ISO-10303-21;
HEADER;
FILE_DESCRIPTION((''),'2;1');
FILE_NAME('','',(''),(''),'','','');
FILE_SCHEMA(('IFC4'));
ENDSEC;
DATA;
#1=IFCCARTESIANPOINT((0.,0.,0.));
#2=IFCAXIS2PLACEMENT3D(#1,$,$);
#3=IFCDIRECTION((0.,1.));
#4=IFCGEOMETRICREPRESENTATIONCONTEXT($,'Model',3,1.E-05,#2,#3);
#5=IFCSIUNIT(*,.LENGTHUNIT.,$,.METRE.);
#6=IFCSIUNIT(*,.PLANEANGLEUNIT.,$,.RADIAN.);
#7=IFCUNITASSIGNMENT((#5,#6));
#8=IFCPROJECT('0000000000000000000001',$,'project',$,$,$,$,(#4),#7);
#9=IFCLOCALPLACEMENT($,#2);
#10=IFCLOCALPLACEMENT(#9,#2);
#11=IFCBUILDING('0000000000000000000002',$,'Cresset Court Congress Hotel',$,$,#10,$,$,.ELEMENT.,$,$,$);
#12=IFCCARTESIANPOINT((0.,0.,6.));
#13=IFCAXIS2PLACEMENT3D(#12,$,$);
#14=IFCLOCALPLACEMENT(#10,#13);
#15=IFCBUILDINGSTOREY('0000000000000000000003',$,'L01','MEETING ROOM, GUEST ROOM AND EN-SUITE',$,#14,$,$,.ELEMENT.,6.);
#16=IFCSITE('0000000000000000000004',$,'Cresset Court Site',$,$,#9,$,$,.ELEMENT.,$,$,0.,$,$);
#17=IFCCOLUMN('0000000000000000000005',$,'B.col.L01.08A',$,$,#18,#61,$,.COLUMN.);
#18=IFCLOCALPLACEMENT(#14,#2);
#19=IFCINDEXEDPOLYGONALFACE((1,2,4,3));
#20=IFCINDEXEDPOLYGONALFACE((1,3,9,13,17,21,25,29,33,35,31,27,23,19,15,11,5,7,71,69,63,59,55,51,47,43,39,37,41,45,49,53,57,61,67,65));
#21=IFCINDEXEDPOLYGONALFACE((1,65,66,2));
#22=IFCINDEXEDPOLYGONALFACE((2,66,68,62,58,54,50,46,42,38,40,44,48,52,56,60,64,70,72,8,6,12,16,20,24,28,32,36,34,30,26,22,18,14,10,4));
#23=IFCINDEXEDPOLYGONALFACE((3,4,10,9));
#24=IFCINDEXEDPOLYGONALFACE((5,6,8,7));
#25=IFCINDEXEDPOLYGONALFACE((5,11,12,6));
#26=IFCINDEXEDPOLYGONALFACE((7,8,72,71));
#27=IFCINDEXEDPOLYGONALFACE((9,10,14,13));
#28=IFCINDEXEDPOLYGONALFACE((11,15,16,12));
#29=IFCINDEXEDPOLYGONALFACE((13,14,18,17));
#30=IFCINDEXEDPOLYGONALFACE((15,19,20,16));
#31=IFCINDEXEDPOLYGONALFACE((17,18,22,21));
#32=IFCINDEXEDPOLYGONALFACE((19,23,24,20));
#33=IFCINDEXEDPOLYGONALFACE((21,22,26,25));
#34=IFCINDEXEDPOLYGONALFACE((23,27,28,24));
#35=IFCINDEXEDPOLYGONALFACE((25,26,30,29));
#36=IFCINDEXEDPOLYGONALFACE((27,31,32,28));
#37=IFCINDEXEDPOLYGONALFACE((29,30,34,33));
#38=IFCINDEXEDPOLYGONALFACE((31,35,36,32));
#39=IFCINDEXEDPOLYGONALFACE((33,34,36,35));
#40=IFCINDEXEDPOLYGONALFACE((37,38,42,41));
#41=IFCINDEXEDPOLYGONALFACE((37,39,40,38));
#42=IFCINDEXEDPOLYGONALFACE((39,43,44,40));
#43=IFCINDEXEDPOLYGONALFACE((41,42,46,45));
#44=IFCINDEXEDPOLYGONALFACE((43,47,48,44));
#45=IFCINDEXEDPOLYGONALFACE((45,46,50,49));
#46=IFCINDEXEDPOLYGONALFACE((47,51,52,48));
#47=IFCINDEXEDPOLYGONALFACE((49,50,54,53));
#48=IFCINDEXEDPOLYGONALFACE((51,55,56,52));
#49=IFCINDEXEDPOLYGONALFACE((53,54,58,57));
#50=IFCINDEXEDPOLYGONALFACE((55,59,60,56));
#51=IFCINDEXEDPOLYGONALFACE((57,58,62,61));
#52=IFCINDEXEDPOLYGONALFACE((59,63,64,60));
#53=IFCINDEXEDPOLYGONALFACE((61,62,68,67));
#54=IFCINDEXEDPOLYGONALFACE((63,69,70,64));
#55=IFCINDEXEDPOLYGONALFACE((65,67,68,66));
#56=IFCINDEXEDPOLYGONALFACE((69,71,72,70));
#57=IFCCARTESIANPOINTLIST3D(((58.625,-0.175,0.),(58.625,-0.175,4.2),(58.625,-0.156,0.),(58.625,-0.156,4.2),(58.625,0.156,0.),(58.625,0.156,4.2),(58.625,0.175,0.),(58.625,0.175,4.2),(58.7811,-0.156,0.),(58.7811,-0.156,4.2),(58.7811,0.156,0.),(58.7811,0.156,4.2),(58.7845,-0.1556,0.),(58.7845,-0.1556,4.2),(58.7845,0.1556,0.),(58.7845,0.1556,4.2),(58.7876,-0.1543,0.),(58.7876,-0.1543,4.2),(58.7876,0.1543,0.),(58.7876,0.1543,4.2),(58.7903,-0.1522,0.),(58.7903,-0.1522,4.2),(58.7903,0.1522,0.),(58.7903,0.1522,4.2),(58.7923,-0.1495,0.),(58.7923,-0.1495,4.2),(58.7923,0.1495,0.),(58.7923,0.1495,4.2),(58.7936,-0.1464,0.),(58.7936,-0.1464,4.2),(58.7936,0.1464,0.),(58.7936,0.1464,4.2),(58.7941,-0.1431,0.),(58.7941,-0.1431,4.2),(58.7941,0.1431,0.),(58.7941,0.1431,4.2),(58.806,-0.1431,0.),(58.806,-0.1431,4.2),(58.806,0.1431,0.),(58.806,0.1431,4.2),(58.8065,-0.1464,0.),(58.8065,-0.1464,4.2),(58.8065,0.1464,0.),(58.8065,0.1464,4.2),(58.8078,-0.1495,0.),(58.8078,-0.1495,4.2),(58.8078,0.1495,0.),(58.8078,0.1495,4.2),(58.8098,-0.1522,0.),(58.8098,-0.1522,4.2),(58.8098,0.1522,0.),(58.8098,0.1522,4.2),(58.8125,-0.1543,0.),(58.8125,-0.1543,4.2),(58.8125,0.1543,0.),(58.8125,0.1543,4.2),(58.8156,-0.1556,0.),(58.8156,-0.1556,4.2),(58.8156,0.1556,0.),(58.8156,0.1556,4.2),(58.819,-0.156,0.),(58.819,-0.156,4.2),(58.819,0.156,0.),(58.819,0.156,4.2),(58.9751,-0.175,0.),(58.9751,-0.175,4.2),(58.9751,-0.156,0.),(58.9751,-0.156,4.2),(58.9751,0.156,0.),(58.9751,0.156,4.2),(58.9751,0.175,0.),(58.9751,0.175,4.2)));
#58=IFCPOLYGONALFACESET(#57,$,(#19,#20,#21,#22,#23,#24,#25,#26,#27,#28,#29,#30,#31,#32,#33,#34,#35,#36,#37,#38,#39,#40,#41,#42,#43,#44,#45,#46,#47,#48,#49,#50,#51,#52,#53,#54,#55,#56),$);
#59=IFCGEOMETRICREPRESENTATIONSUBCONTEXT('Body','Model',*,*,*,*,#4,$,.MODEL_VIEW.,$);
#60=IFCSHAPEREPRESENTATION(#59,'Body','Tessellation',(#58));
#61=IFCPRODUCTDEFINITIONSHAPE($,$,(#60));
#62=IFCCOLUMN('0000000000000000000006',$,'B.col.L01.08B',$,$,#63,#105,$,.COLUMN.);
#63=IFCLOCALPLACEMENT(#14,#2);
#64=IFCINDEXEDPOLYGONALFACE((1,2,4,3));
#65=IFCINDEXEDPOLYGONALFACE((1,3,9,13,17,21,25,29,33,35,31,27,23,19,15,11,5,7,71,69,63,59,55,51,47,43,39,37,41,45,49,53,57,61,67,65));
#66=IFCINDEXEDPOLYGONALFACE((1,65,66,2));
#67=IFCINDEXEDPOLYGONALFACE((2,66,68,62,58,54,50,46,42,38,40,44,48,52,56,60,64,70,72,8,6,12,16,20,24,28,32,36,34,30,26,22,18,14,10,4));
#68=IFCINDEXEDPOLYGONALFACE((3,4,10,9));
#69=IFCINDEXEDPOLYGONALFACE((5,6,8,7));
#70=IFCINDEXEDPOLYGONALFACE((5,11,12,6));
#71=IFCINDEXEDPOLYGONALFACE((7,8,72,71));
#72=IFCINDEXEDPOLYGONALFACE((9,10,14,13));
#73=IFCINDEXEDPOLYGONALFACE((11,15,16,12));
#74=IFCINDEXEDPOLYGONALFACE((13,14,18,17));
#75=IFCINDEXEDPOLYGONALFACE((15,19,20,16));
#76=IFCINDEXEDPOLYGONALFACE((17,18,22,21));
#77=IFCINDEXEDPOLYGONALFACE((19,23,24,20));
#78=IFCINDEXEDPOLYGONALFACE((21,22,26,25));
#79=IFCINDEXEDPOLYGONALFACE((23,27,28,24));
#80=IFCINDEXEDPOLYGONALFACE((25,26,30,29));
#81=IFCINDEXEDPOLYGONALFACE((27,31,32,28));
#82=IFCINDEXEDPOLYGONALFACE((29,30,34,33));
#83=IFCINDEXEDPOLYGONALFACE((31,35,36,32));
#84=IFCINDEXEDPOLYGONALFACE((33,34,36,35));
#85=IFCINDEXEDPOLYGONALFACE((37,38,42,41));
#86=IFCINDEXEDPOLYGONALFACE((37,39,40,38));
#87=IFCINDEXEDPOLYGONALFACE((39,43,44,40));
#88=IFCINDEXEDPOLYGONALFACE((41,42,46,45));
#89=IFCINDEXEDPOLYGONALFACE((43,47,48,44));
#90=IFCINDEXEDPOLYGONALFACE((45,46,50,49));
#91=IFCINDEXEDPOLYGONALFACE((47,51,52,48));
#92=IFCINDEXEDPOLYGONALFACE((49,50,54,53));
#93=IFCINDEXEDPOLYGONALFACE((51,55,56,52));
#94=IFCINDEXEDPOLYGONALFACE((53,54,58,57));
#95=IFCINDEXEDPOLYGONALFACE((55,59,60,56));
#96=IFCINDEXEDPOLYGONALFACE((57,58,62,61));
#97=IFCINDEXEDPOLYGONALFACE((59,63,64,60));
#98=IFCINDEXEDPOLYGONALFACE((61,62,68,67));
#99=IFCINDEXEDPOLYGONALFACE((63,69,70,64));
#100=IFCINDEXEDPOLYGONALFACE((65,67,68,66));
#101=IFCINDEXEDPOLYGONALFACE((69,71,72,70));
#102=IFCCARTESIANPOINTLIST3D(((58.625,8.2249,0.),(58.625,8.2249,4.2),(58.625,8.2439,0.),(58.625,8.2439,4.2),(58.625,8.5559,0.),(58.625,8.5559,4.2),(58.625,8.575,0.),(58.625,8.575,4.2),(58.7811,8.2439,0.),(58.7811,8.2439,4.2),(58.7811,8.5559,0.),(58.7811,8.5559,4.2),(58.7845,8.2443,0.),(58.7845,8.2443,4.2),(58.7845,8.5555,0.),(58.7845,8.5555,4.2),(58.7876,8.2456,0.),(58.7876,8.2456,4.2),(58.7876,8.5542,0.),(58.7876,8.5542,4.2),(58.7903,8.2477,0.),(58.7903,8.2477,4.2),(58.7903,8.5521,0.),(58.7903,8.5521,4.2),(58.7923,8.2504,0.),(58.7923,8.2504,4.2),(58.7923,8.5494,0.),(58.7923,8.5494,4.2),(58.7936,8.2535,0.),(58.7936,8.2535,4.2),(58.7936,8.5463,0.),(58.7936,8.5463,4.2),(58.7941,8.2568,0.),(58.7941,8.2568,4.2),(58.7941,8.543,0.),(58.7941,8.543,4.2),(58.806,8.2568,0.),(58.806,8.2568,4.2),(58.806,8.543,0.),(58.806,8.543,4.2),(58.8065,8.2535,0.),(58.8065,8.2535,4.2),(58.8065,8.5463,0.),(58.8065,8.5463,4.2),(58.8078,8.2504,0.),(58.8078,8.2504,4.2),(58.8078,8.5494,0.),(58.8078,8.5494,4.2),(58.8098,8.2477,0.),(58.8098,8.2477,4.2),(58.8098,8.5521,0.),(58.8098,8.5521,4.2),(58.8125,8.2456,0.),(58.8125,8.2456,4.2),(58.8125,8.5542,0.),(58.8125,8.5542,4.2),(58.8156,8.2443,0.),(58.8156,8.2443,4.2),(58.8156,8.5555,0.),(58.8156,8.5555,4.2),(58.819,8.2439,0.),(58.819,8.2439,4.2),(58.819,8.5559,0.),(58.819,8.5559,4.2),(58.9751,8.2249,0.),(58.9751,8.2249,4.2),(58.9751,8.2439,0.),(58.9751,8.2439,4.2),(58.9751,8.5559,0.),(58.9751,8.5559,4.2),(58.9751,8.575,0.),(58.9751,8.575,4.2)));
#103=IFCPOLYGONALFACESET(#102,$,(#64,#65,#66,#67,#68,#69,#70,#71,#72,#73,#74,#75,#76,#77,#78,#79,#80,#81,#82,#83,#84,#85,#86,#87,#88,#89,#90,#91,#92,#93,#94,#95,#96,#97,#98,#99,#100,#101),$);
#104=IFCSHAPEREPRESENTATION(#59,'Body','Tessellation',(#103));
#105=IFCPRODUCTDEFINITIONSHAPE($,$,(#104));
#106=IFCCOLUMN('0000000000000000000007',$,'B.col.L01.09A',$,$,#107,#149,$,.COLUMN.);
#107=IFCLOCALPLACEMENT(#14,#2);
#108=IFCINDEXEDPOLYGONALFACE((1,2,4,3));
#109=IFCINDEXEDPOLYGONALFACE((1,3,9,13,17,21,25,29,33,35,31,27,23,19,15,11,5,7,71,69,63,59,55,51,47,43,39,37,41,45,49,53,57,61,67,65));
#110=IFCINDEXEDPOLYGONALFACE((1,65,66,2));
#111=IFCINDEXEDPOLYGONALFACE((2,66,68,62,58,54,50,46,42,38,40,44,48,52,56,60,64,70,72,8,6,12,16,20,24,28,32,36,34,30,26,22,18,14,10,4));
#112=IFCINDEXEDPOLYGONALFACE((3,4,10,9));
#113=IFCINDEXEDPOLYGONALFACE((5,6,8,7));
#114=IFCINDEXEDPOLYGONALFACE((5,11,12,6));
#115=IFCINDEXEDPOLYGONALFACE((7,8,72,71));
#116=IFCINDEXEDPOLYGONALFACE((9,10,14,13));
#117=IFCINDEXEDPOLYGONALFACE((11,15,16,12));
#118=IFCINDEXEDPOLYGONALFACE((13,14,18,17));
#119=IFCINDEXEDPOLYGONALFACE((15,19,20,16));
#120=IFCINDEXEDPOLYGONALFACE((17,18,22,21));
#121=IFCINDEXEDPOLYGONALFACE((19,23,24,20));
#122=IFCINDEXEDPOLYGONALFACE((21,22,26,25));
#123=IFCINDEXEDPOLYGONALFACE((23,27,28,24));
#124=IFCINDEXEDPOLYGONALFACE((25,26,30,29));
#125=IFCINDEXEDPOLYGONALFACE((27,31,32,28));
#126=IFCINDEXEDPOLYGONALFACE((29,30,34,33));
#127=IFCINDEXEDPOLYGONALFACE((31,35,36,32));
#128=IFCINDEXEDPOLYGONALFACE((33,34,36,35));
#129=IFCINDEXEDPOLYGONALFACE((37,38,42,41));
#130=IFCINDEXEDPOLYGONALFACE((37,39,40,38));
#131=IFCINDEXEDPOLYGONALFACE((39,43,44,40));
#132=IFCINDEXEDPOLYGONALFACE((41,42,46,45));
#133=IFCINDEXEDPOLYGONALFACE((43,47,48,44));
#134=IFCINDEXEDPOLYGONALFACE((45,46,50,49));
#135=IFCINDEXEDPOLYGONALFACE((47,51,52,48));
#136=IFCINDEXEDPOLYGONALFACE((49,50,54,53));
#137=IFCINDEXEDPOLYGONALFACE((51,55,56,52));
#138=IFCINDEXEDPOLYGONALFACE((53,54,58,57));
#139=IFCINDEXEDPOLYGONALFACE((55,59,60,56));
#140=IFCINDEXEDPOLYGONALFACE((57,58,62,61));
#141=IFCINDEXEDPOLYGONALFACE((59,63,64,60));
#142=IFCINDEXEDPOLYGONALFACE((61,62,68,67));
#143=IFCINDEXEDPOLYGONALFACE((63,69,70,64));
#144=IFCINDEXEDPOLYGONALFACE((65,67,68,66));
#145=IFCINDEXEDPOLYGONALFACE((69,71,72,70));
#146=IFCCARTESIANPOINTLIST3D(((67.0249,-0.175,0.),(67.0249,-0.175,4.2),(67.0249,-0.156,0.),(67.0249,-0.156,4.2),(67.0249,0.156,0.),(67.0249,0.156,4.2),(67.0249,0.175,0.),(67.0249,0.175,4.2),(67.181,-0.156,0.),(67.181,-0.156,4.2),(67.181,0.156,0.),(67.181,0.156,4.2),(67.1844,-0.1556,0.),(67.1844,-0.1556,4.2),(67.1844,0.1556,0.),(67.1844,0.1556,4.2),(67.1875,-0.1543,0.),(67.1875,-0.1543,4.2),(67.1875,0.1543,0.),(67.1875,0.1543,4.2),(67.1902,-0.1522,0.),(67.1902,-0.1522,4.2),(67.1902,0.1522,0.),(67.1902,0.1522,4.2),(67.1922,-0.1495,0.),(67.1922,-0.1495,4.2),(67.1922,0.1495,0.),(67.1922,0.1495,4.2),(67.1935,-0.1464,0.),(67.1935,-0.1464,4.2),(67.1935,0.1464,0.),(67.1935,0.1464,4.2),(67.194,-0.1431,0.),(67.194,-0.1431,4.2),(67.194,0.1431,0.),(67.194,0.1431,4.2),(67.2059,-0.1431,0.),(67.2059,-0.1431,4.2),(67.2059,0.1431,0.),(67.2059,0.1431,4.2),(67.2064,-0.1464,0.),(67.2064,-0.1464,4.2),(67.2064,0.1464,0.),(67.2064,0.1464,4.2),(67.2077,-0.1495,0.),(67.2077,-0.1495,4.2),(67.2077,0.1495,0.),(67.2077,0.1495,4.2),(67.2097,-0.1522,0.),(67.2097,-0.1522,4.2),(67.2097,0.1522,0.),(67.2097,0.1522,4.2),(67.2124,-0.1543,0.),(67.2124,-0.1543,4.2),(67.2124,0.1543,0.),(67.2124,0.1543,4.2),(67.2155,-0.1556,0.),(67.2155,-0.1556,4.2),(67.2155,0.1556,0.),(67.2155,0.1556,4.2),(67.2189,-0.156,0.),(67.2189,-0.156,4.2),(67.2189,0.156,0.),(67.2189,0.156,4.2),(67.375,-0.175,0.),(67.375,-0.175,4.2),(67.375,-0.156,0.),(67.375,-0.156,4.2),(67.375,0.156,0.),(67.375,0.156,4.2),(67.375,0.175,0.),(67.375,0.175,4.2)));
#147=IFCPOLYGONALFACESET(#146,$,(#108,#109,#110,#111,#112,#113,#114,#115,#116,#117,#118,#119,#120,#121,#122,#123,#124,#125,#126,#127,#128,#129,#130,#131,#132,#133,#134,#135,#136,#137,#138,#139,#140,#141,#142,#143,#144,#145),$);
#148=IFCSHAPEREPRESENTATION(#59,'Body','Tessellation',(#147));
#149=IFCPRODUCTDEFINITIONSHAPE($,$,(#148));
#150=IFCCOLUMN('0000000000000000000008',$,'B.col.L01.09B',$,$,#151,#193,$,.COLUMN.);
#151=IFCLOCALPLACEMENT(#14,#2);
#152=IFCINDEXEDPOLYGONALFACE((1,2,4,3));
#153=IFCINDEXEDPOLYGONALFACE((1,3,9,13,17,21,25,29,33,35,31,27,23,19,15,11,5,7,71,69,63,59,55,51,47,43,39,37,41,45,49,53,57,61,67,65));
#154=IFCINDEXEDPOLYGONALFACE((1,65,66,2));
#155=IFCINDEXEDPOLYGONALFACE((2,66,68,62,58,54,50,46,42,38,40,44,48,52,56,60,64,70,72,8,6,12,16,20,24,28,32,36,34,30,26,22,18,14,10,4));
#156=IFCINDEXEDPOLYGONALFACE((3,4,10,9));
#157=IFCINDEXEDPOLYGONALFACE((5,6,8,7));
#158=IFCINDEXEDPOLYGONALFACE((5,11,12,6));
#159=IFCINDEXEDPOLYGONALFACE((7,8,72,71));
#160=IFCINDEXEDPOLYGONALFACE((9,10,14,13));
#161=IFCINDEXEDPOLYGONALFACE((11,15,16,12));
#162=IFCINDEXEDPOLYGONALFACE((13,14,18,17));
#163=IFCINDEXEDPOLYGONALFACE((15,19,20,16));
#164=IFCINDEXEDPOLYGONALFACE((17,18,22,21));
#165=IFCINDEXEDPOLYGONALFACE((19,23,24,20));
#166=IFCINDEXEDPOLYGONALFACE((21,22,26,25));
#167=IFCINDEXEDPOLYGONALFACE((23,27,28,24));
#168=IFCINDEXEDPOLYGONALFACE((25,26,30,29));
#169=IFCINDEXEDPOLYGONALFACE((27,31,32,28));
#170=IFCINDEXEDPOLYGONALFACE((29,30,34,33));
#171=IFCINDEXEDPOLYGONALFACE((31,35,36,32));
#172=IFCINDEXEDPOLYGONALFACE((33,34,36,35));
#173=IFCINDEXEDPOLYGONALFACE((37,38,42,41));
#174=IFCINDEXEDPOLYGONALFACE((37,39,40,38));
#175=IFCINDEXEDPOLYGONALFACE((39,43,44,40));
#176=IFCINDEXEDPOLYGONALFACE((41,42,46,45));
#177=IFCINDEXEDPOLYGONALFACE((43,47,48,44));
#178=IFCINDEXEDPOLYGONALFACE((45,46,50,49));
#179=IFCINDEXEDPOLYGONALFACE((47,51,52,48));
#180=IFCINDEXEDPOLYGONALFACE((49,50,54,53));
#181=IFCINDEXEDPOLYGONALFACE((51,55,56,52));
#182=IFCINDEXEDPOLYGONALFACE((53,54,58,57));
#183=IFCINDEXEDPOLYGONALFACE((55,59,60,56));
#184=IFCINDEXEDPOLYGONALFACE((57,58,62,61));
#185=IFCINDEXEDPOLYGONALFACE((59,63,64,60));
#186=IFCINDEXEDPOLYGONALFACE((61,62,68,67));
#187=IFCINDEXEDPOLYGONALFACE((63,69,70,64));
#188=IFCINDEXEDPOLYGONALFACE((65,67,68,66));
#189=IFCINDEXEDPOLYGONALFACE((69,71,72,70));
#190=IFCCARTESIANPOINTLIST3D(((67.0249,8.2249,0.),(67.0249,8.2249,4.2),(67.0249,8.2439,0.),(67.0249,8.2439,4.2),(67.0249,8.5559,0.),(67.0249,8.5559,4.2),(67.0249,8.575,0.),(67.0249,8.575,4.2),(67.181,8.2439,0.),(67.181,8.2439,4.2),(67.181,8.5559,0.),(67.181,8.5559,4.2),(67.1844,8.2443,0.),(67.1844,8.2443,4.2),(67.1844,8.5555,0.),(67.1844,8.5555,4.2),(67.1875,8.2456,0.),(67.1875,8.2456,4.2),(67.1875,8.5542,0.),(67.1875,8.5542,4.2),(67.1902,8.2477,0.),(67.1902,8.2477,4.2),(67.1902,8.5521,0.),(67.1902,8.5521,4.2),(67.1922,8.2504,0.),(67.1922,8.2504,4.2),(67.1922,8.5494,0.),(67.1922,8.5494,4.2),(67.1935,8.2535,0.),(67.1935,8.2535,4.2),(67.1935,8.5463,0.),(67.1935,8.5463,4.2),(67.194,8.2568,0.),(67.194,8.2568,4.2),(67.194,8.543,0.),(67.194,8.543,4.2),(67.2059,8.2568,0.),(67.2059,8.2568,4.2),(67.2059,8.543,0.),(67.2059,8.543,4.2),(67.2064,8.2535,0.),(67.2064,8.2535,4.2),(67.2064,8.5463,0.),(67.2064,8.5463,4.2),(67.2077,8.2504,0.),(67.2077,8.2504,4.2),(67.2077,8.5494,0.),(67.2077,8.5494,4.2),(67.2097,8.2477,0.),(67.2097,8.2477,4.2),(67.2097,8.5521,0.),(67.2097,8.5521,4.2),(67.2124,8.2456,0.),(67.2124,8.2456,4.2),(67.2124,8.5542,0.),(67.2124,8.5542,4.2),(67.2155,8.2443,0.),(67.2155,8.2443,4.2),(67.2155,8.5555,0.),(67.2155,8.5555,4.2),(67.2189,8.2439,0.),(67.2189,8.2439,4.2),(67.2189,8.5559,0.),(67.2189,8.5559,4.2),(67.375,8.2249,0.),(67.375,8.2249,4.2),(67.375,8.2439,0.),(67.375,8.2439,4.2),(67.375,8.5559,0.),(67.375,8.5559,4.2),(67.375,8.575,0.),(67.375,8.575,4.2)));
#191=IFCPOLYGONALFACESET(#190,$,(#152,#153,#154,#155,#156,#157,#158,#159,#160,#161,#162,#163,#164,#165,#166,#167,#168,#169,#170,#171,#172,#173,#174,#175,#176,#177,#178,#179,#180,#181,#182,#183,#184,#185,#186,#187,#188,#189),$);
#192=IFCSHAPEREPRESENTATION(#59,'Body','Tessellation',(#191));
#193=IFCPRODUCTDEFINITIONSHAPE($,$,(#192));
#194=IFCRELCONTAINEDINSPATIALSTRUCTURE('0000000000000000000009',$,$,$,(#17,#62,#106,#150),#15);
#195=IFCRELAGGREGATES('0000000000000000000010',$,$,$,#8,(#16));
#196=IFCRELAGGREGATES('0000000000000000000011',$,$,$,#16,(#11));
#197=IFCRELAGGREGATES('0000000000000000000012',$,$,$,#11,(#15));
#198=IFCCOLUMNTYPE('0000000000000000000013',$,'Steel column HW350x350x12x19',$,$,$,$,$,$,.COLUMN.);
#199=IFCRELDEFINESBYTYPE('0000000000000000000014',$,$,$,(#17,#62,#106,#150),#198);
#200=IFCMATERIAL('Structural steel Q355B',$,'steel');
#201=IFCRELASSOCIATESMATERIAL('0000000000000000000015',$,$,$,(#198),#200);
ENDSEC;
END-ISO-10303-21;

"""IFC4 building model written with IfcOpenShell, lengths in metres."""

from ifc_helpers import new_model, si_unit, direction, frame, origin, origin_2d, place, context, subcontext, project, spatial, i_section, extrude, material, material_profile, profile_set, type_object, element, save


model = new_model("IFC4")

# Units and contexts
model_context = context("Model", 3, precision=1e-05, world=origin(), true_north=direction((0.0, 1.0)))
body_context = subcontext(model_context, "Body", "Model", "MODEL_VIEW")
ifc_project = project(units=[si_unit("LENGTHUNIT", "METRE"), si_unit("PLANEANGLEUNIT", "RADIAN")], contexts=[model_context])

# Site, building, storey
site_placement = place(None, origin())
site = spatial("IfcSite", under=ifc_project, at=site_placement, Name="Cresset Court Site", CompositionType="ELEMENT", RefElevation=0.0)
building_placement = place(site_placement, origin())
building = spatial("IfcBuilding", under=site, at=building_placement, Name="Cresset Court Congress Hotel", CompositionType="ELEMENT")
storey_placement = place(building_placement, frame((0.0, 0.0, 6.0)))
storey = spatial("IfcBuildingStorey", under=building, at=storey_placement, Name="L01", Description="MEETING ROOM, GUEST ROOM AND EN-SUITE", CompositionType="ELEMENT", Elevation=6.0)

# Columns
ifc_material_1 = material(Name="Structural steel Q355B", Category="steel")
ifc_material_profile_1 = material_profile(ifc_material_1, i_section(OverallWidth=0.3501, OverallDepth=0.3501, WebThickness=0.012, FlangeThickness=0.019, FilletRadius=0.0129, at=origin_2d()), Name="HW350x350x12x19")
ifc_profile_set_1 = profile_set([ifc_material_profile_1], Name="Structural steel Q355B")
column_type = type_object("IfcColumnType", Name="Steel column HW350x350x12x19", PredefinedType="COLUMN", material=ifc_profile_set_1)
for number, where, z_axis, x_axis, name in (
    (1, (58.8, 0.0, 0.0), (0.0, 0.0, 1.0), (1.0, 0.0, 0.0), "B.col.L01.08A"),
    (2, (58.8, 8.3999, 0.0), (0.0, 0.0, 1.0), (1.0, 0.0, 0.0), "B.col.L01.08B"),
    (3, (67.2, 0.0, 0.0), (0.0, 0.0, 1.0), (1.0, 0.0, 0.0), "B.col.L01.09A"),
    (4, (67.2, 8.3999, 0.0), (0.0, 0.0, 1.0), (1.0, 0.0, 0.0), "B.col.L01.09B"),
):
    element("IfcColumn", number, at=place(storey_placement, frame(where, z_axis=z_axis, x_axis=x_axis)), inside=storey, type_object=column_type, Name=name, PredefinedType="COLUMN", context=body_context, shape_type="SweptSolid", body=[
        extrude(i_section(OverallWidth=0.3501, OverallDepth=0.3501, WebThickness=0.012, FlangeThickness=0.019, FilletRadius=0.0129, at=origin_2d()), origin(), (0.0, 0.0, 1.0), 4.2),
    ])

save(model, "model.ifc")
